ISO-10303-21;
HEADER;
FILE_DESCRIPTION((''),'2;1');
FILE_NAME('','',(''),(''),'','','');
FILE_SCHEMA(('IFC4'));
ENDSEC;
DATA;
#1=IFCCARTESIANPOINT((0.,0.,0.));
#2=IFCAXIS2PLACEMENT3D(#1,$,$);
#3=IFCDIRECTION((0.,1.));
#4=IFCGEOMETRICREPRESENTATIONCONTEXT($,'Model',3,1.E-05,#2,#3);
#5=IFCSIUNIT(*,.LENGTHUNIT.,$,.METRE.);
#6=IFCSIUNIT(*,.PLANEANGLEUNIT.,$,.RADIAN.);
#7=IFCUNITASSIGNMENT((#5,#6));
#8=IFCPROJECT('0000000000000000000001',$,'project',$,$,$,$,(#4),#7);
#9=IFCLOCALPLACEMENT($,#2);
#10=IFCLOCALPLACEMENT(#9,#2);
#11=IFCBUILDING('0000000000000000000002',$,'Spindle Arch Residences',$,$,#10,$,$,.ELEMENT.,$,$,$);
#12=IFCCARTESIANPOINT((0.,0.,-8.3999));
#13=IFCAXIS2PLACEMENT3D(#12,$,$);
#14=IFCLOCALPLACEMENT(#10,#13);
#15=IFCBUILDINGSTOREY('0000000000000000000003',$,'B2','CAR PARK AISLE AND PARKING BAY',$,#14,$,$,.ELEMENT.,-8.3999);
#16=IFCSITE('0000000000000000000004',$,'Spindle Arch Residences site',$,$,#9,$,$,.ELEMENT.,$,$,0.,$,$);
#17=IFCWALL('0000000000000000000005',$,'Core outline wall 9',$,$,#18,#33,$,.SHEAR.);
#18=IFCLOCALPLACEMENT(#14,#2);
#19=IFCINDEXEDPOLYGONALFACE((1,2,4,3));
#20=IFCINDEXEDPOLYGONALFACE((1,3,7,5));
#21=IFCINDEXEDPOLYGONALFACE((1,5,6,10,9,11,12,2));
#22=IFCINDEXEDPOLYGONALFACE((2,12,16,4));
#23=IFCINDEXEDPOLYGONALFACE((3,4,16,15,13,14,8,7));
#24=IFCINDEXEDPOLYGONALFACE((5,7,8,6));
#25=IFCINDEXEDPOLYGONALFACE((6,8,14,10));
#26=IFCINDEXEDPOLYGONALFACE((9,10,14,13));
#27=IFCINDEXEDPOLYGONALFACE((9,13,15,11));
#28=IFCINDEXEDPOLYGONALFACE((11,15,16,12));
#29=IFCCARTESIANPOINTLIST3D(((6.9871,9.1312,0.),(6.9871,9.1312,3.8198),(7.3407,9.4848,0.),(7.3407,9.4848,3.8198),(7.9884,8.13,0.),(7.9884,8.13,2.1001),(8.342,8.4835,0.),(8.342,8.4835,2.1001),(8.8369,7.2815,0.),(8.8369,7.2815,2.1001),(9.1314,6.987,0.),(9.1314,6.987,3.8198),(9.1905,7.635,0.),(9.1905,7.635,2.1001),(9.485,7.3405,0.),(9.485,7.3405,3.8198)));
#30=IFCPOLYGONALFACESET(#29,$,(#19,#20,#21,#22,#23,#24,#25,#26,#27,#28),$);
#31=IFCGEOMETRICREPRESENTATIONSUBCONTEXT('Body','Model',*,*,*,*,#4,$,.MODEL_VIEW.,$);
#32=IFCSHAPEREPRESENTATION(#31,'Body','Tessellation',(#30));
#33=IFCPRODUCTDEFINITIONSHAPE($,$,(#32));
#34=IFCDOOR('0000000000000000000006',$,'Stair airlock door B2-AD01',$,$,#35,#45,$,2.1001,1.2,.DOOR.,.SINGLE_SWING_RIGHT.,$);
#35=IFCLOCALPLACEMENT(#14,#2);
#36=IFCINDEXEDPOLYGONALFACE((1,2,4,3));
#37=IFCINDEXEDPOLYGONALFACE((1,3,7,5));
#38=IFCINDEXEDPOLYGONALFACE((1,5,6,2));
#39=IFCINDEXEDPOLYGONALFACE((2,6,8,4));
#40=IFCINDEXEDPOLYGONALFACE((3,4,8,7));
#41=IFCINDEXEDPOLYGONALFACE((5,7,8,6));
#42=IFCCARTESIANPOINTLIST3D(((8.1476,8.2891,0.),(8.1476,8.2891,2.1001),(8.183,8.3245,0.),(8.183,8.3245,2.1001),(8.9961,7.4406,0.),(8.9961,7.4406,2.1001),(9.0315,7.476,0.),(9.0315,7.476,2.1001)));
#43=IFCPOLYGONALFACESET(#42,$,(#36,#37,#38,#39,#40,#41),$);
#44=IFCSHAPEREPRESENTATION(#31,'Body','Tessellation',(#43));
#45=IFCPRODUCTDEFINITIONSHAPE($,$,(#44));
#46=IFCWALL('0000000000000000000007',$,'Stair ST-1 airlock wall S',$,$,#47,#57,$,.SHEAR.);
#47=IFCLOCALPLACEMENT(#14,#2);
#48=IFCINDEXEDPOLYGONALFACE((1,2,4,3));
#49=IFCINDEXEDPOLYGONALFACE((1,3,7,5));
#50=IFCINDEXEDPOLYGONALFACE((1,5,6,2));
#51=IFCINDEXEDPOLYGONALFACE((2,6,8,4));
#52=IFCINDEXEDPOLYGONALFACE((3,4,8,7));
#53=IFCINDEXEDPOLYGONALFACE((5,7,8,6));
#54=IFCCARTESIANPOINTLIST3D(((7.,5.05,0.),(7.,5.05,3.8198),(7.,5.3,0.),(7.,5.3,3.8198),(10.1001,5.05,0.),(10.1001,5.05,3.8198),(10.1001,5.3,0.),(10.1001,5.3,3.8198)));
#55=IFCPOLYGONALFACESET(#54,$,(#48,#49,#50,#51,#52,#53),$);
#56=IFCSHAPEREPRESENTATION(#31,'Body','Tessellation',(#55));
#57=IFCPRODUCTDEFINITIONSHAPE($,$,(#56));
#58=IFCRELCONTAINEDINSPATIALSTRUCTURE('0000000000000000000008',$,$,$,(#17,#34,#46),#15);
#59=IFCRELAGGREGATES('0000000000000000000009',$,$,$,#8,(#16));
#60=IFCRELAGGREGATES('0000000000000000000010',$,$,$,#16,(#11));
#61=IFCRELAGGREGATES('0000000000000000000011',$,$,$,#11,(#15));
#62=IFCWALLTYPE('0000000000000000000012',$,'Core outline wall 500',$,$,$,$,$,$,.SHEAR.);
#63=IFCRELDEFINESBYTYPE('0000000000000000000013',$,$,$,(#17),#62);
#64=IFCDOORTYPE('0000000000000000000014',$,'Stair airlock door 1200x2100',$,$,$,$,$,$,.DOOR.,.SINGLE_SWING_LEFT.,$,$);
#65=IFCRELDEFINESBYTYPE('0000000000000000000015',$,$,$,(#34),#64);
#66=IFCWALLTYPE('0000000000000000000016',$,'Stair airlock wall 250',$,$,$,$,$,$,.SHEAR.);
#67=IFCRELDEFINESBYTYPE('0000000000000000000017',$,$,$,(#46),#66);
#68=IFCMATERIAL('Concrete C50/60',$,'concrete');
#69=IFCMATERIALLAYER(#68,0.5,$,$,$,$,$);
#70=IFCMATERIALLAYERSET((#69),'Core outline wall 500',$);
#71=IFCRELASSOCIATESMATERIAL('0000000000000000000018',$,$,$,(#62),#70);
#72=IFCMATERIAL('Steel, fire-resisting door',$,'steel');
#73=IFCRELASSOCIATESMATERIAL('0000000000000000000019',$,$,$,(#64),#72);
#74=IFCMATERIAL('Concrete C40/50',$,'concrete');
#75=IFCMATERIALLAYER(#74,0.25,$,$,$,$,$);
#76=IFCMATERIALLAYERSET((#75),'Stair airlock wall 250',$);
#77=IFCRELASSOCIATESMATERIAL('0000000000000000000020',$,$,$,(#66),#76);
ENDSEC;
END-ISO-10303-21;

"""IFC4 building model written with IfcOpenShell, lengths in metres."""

from ifc_helpers import new_model, si_unit, direction, frame, frame_2d, origin, place, context, subcontext, project, spatial, rectangle, extrude, material, layer, layer_set, type_object, element, fill, save


model = new_model("IFC4")

# Units and contexts
model_context = context("Model", 3, precision=1e-05, world=origin(), true_north=direction((0.0, 1.0)))
body_context = subcontext(model_context, "Body", "Model", "MODEL_VIEW")
ifc_project = project(units=[si_unit("LENGTHUNIT", "METRE"), si_unit("PLANEANGLEUNIT", "RADIAN")], contexts=[model_context])

# Site, building, storey
site_placement = place(None, origin())
site = spatial("IfcSite", under=ifc_project, at=site_placement, Name="Spindle Arch Residences site", CompositionType="ELEMENT", RefElevation=0.0)
building_placement = place(site_placement, origin())
building = spatial("IfcBuilding", under=site, at=building_placement, Name="Spindle Arch Residences", CompositionType="ELEMENT")
storey_placement = place(building_placement, frame((0.0, 0.0, -8.3999)))
storey = spatial("IfcBuildingStorey", under=building, at=storey_placement, Name="B2", Description="CAR PARK AISLE AND PARKING BAY", CompositionType="ELEMENT", Elevation=-8.3999)

# Shared definitions
ifc_material_1 = material(Name="Concrete C50/60", Category="concrete")
ifc_layer_1 = layer(ifc_material_1, 0.5)
ifc_layer_set_1 = layer_set([ifc_layer_1], Name="Core outline wall 500")
wall_type_1 = type_object("IfcWallType", Name="Core outline wall 500", PredefinedType="SHEAR", material=ifc_layer_set_1)

# Wall, opening, door
wall_1_placement = place(storey_placement, frame((9.3081, 7.1638, 0.0), z_axis=(0.0, 0.0, 1.0), x_axis=(-0.707107, 0.707107, 0.0)))
wall_1 = element("IfcWall", 1, at=wall_1_placement, inside=storey, type_object=wall_type_1, Name="Core outline wall 9", PredefinedType="SHEAR", context=body_context, shape_type="SweptSolid", body=[
    extrude(rectangle(XDim=3.0325, YDim=0.5, at=frame_2d((1.5161, 0.0))), origin(), (0.0, 0.0, 1.0), 3.8198),
])
opening_1_placement = place(wall_1_placement, frame((0.4163, 0.0, 0.0)))
opening_1 = element("IfcOpeningElement", 2, at=opening_1_placement, cuts=wall_1, PredefinedType="OPENING", context=body_context, shape_type="SweptSolid", body=[
    extrude(rectangle(XDim=1.2, YDim=2.1001, at=frame_2d((0.6001, 1.05))), frame((0.0, 0.26, 0.0), z_axis=(0.0, -1.0, 0.0), x_axis=(1.0, 0.0, 0.0)), (0.0, 0.0, 1.0), 0.52),
])
ifc_material_2 = material(Name="Steel, fire-resisting door", Category="steel")
door_type_1 = type_object("IfcDoorType", Name="Stair airlock door 1200x2100", OperationType="SINGLE_SWING_LEFT", PredefinedType="DOOR", material=ifc_material_2)
door_1_placement = place(opening_1_placement, origin())
door_1 = element("IfcDoor", 3, at=door_1_placement, inside=storey, type_object=door_type_1, Name="Stair airlock door B2-AD01", OperationType="SINGLE_SWING_RIGHT", OverallHeight=2.1001, OverallWidth=1.2, PredefinedType="DOOR", context=body_context, shape_type="SweptSolid", body=[
    extrude(rectangle(XDim=1.2, YDim=2.1001, at=frame_2d((0.6001, 1.05))), frame((0.0, 0.0249, 0.0), z_axis=(0.0, -1.0, 0.0), x_axis=(1.0, 0.0, 0.0)), (0.0, 0.0, 1.0), 0.05),
])
fill(opening_1, door_1)

# Wall
ifc_material_3 = material(Name="Concrete C40/50", Category="concrete")
ifc_layer_2 = layer(ifc_material_3, 0.25)
ifc_layer_set_2 = layer_set([ifc_layer_2], Name="Stair airlock wall 250")
wall_type_2 = type_object("IfcWallType", Name="Stair airlock wall 250", PredefinedType="SHEAR", material=ifc_layer_set_2)
wall_2_placement = place(storey_placement, frame((7.0, 5.175, 0.0), z_axis=(0.0, 0.0, 1.0), x_axis=(1.0, 0.0, 0.0)))
element("IfcWall", 4, at=wall_2_placement, inside=storey, type_object=wall_type_2, Name="Stair ST-1 airlock wall S", PredefinedType="SHEAR", context=body_context, shape_type="SweptSolid", body=[
    extrude(rectangle(XDim=3.1001, YDim=0.25, at=frame_2d((1.55, 0.0))), origin(), (0.0, 0.0, 1.0), 3.8198),
])

save(model, "model.ifc")
